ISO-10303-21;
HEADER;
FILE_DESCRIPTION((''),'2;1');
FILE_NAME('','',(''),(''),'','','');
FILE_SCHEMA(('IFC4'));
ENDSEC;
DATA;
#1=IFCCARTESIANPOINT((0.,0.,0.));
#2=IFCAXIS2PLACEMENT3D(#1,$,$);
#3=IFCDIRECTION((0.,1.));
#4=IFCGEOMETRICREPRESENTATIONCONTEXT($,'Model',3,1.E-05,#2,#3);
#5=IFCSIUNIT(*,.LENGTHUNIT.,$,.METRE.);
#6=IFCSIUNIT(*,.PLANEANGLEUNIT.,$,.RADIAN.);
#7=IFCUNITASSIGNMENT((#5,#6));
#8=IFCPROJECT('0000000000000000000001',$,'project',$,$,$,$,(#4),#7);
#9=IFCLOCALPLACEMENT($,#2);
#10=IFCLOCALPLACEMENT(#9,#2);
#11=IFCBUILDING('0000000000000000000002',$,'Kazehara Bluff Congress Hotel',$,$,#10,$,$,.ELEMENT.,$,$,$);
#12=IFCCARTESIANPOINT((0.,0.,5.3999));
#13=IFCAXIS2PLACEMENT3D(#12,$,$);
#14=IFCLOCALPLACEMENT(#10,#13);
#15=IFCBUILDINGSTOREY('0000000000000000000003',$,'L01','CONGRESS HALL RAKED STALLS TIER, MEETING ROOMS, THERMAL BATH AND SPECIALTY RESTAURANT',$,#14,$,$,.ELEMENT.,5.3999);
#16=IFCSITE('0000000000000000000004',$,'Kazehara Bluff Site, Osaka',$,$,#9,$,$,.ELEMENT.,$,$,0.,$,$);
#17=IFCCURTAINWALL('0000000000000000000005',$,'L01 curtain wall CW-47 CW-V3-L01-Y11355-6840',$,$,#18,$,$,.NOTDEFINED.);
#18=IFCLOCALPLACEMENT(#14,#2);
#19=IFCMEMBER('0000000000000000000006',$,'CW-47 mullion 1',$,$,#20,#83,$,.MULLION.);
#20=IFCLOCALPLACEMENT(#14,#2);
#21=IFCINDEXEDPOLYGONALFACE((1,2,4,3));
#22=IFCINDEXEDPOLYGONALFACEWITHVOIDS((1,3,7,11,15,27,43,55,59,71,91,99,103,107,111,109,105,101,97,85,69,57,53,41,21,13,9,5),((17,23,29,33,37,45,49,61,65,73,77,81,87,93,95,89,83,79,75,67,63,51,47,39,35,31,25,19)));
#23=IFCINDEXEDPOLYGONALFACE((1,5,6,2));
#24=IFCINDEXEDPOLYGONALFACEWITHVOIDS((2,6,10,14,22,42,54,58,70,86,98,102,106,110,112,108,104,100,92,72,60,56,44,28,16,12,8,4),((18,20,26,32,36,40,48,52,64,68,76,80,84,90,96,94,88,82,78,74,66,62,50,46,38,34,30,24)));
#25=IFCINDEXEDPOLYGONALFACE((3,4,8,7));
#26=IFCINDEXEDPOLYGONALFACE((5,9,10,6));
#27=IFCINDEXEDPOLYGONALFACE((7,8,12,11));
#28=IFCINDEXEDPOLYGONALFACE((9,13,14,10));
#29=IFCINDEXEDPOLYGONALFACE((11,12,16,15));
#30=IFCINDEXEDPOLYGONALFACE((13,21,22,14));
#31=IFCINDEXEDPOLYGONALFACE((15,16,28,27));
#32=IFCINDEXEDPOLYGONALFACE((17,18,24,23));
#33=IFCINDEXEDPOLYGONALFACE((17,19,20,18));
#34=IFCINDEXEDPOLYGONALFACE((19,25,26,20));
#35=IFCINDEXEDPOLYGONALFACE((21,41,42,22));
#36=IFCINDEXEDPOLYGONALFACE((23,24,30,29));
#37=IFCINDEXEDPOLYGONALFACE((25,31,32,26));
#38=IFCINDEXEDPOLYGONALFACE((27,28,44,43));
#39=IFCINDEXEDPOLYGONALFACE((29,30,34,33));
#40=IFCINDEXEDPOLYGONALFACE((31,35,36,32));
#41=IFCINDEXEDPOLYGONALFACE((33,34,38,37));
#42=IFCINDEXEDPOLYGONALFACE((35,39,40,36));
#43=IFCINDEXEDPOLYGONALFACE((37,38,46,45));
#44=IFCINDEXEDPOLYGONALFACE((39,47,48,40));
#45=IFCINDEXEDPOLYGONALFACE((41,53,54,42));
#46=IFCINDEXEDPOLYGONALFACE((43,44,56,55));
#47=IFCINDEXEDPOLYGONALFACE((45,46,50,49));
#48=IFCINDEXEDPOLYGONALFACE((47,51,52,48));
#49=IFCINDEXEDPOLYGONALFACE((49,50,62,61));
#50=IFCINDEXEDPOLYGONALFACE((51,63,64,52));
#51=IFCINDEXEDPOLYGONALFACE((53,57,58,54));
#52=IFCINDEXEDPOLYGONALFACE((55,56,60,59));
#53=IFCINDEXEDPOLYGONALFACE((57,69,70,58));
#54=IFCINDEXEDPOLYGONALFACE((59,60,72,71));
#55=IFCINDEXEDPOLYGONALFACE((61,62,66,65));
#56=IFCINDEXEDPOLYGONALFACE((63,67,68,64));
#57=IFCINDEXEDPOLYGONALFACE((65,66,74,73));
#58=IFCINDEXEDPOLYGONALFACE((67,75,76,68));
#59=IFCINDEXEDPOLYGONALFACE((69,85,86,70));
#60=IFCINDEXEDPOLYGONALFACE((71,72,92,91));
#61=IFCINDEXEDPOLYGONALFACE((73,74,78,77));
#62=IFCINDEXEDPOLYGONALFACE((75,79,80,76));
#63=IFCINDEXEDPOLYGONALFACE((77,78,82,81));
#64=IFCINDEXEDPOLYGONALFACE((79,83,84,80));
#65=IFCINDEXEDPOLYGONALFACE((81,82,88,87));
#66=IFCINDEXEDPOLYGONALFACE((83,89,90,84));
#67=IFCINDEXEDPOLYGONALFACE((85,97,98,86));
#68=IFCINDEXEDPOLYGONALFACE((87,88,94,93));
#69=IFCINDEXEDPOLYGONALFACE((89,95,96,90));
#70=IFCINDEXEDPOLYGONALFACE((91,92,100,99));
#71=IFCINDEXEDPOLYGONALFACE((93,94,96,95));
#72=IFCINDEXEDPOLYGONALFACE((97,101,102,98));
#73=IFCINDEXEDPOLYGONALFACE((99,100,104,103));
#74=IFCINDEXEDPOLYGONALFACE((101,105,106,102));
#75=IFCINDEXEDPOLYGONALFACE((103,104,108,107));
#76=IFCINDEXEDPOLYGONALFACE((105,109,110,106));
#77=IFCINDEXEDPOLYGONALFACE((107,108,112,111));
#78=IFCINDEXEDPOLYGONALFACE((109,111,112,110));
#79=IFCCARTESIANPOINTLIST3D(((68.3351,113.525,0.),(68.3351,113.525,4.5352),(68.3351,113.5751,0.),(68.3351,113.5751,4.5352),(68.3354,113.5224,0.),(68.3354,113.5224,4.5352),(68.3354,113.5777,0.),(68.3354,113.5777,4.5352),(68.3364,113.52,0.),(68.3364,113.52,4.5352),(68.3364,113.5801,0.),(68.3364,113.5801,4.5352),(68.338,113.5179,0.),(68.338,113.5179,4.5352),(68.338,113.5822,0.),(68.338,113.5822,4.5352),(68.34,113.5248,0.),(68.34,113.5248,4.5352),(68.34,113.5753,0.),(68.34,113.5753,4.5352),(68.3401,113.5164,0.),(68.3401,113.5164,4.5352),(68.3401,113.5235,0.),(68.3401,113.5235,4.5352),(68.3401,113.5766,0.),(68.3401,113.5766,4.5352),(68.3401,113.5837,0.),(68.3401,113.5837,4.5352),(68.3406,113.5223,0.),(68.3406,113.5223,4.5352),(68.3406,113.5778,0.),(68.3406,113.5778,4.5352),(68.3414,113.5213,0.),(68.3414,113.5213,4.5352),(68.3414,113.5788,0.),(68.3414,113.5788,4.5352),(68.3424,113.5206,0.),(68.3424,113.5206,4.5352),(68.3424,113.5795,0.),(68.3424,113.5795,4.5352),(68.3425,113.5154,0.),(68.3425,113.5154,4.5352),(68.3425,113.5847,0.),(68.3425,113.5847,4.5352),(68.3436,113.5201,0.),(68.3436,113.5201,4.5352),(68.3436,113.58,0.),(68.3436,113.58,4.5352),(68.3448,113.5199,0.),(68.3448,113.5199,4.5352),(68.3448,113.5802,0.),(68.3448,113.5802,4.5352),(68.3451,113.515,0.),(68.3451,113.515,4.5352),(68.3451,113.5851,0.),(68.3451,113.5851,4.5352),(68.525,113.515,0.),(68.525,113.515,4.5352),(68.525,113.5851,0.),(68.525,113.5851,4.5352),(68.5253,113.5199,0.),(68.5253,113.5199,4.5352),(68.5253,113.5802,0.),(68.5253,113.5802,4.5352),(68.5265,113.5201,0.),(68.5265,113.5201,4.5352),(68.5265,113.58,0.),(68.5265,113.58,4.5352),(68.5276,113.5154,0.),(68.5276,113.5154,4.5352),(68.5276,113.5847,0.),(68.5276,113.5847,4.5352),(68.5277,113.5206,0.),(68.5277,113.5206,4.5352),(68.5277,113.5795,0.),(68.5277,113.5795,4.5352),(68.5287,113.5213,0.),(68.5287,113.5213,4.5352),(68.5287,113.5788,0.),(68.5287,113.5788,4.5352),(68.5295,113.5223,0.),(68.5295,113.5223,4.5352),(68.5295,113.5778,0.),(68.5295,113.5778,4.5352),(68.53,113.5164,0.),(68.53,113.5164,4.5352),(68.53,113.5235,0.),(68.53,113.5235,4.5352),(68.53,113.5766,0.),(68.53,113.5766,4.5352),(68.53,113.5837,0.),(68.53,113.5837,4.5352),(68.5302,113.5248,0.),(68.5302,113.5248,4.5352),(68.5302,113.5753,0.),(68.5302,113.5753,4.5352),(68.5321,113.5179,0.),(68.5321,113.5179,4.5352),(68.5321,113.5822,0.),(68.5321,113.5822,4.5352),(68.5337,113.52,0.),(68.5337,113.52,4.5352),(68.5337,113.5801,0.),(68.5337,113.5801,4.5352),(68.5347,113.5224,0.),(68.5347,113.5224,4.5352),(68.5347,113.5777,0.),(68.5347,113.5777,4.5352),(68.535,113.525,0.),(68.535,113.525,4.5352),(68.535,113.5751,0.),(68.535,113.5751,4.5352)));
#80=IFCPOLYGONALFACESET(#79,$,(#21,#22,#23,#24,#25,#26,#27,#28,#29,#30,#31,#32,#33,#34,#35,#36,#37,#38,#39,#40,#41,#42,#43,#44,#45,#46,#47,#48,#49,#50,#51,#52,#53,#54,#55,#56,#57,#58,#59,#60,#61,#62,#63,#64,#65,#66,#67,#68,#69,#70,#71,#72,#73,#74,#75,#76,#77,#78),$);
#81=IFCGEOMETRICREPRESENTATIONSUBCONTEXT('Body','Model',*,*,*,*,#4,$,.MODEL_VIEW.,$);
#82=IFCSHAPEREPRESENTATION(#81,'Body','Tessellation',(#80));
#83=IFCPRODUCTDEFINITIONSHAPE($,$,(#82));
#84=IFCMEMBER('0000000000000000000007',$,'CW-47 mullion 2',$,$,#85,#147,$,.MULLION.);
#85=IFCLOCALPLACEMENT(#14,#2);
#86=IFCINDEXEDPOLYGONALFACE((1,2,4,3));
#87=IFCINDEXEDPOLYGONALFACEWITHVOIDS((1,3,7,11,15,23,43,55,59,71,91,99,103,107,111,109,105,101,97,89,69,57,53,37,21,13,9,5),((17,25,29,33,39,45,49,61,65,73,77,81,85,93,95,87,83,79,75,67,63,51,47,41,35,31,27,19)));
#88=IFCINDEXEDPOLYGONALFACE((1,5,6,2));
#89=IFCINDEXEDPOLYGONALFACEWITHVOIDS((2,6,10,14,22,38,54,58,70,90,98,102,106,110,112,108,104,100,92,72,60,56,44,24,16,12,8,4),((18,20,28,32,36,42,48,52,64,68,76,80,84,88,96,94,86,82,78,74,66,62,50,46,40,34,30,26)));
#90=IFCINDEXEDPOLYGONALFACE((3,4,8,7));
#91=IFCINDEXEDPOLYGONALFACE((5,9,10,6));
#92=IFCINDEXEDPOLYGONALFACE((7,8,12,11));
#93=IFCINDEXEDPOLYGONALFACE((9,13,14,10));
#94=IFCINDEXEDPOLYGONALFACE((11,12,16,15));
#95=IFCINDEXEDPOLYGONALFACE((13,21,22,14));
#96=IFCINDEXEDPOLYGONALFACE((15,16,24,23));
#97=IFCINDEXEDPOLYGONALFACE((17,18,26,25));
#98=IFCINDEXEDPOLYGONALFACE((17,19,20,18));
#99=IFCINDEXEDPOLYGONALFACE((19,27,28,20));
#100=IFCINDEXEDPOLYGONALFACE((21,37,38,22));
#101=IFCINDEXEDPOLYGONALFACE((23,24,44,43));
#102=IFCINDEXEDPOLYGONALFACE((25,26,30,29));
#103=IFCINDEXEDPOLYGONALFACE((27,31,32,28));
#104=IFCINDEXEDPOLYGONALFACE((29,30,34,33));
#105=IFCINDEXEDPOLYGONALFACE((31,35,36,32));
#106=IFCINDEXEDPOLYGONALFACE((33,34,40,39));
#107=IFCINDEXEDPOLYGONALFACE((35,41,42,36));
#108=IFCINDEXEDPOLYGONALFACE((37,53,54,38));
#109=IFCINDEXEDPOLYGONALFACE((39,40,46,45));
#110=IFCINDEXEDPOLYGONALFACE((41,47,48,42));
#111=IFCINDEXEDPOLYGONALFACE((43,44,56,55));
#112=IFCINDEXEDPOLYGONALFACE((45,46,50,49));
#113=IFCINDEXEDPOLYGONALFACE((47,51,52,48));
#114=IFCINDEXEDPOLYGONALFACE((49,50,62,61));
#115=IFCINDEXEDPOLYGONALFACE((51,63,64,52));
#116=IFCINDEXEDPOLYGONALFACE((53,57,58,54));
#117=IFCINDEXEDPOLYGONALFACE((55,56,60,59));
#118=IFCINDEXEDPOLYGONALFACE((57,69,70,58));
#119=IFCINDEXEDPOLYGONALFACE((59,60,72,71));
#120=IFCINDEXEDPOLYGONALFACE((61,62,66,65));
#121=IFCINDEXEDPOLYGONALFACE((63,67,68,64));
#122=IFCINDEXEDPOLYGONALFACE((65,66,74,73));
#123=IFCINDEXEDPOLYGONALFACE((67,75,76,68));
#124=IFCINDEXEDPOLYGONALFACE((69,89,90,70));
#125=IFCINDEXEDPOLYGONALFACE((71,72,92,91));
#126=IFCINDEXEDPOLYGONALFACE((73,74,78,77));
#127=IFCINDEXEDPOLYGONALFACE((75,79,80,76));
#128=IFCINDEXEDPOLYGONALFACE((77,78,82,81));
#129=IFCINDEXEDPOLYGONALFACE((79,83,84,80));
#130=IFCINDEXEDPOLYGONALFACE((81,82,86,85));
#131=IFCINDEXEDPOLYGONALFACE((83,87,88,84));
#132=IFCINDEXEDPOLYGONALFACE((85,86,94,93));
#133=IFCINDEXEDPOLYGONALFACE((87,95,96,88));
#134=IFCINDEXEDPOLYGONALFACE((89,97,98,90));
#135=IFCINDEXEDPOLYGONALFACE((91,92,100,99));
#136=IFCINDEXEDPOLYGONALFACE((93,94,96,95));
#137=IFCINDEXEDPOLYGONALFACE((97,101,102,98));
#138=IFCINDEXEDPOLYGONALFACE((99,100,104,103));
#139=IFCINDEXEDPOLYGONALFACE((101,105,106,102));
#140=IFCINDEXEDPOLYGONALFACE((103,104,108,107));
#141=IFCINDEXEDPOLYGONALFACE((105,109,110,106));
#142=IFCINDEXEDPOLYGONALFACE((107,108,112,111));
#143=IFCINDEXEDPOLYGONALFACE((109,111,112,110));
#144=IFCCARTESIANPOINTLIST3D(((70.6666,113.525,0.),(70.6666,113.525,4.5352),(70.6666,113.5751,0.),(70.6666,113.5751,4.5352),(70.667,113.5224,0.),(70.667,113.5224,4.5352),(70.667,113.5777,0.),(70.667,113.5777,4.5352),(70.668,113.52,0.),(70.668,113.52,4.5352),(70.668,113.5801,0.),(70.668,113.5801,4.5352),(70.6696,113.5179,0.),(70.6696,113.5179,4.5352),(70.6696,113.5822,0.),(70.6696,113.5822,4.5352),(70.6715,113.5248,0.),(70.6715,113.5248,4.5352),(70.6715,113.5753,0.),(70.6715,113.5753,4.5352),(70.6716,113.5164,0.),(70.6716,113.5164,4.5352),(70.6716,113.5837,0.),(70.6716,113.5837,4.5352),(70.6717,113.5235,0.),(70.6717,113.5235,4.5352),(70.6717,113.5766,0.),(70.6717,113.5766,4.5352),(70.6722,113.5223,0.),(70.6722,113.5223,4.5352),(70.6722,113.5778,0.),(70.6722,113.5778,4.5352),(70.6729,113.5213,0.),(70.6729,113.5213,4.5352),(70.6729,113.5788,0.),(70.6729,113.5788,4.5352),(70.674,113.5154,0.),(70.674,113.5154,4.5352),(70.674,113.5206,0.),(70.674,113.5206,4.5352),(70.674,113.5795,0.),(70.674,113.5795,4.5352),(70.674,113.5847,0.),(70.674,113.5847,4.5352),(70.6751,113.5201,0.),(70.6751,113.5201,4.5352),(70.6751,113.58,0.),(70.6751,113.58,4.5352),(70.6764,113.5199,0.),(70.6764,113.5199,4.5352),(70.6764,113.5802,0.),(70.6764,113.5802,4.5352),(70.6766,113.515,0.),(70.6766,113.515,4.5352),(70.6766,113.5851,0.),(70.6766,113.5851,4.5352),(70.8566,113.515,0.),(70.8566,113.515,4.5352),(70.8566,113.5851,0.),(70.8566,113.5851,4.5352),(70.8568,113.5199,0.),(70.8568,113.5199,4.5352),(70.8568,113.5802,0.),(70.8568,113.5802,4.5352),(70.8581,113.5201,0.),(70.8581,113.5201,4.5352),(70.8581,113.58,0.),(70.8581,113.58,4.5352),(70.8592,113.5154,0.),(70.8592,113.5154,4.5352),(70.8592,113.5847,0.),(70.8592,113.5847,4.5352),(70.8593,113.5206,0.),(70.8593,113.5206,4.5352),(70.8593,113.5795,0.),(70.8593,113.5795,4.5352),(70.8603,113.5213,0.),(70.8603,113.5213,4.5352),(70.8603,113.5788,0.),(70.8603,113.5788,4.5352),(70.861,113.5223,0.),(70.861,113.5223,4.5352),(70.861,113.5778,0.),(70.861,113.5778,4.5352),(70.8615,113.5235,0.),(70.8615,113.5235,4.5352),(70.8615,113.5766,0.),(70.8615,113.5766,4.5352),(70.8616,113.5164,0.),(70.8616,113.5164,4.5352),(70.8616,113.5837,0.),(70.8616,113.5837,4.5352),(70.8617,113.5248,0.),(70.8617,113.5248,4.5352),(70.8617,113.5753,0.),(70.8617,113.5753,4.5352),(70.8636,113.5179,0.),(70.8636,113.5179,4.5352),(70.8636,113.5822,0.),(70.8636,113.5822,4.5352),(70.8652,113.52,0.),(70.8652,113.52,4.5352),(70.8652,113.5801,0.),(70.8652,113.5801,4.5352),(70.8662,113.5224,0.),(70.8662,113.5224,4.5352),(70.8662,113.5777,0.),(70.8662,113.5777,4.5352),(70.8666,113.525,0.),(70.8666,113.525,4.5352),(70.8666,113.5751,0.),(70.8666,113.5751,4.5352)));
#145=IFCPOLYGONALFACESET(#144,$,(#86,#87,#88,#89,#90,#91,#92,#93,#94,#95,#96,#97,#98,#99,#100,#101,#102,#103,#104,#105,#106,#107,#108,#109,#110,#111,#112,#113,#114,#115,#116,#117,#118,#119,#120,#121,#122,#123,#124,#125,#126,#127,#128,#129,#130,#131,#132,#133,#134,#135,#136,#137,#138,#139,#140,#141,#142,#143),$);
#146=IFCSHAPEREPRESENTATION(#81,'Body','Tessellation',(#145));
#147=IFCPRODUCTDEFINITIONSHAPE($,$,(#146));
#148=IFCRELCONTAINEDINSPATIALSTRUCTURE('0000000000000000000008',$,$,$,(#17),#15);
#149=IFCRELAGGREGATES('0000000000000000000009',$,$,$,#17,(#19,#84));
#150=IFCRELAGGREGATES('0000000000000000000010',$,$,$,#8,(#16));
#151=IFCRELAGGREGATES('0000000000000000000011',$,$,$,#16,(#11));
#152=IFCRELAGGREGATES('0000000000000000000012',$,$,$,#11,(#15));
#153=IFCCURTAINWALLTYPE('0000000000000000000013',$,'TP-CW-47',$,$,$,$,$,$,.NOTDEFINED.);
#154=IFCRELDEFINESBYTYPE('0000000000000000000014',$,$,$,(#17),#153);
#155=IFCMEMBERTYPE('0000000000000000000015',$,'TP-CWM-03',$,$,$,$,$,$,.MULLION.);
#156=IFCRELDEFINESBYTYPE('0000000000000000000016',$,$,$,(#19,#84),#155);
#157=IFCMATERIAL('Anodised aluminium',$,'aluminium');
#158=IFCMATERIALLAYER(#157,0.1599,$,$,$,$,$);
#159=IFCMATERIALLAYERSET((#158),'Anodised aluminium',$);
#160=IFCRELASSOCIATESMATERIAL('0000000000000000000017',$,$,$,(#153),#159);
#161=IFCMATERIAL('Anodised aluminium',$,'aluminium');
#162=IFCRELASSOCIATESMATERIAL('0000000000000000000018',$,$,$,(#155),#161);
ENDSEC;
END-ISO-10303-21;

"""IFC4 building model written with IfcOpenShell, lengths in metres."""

from ifc_helpers import new_model, si_unit, direction, frame, origin, origin_2d, place, context, subcontext, project, spatial, hollow_rectangle, extrude, material, layer, layer_set, material_profile, profile_set, type_object, element, aggregate, save


model = new_model("IFC4")

# Units and contexts
model_context = context("Model", 3, precision=1e-05, world=origin(), true_north=direction((0.0, 1.0)))
body_context = subcontext(model_context, "Body", "Model", "MODEL_VIEW")
ifc_project = project(units=[si_unit("LENGTHUNIT", "METRE"), si_unit("PLANEANGLEUNIT", "RADIAN")], contexts=[model_context])

# Site, building, storey
site_placement = place(None, origin())
site = spatial("IfcSite", under=ifc_project, at=site_placement, Name="Kazehara Bluff Site, Osaka", CompositionType="ELEMENT", RefElevation=0.0)
building_placement = place(site_placement, origin())
building = spatial("IfcBuilding", under=site, at=building_placement, Name="Kazehara Bluff Congress Hotel", CompositionType="ELEMENT")
storey_placement = place(building_placement, frame((0.0, 0.0, 5.3999)))
storey = spatial("IfcBuildingStorey", under=building, at=storey_placement, Name="L01", Description="CONGRESS HALL RAKED STALLS TIER, MEETING ROOMS, THERMAL BATH AND SPECIALTY RESTAURANT", CompositionType="ELEMENT", Elevation=5.3999)

# Curtain wall, members
ifc_material_1 = material(Name="Anodised aluminium", Category="aluminium")
ifc_layer_1 = layer(ifc_material_1, 0.1599)
ifc_layer_set_1 = layer_set([ifc_layer_1], Name="Anodised aluminium")
curtain_wall_type = type_object("IfcCurtainWallType", Name="TP-CW-47", PredefinedType="NOTDEFINED", material=ifc_layer_set_1)
curtain_wall_placement = place(storey_placement, origin())
curtain_wall = element("IfcCurtainWall", 1, at=curtain_wall_placement, inside=storey, type_object=curtain_wall_type, Name="L01 curtain wall CW-47 CW-V3-L01-Y11355-6840", PredefinedType="NOTDEFINED")
ifc_material_2 = material(Name="Anodised aluminium", Category="aluminium")
ifc_material_profile_1 = material_profile(ifc_material_2, hollow_rectangle(XDim=0.0701, YDim=0.2, WallThickness=0.0049, InnerFilletRadius=0.0049, OuterFilletRadius=0.01, at=origin_2d()))
ifc_profile_set_1 = profile_set([ifc_material_profile_1], Name="Anodised aluminium")
member_type_1 = type_object("IfcMemberType", Name="TP-CWM-03", PredefinedType="MULLION", material=ifc_profile_set_1)
member_1_placement = place(storey_placement, frame((68.4351, 113.55, 0.0), z_axis=(0.0, 0.0, 1.0), x_axis=(0.0, 1.0, 0.0)))
member_1 = element("IfcMember", 2, at=member_1_placement, type_object=member_type_1, Name="CW-47 mullion 1", PredefinedType="MULLION", context=body_context, shape_type="SweptSolid", body=[
    extrude(hollow_rectangle(XDim=0.0701, YDim=0.2, WallThickness=0.0049, InnerFilletRadius=0.0049, OuterFilletRadius=0.01, at=origin_2d()), origin(), (0.0, 0.0, 1.0), 4.5352),
])
member_2_placement = place(storey_placement, frame((70.7666, 113.55, 0.0), z_axis=(0.0, 0.0, 1.0), x_axis=(0.0, 1.0, 0.0)))
member_2 = element("IfcMember", 3, at=member_2_placement, type_object=member_type_1, Name="CW-47 mullion 2", PredefinedType="MULLION", context=body_context, shape_type="SweptSolid", body=[
    extrude(hollow_rectangle(XDim=0.0701, YDim=0.2, WallThickness=0.0049, InnerFilletRadius=0.0049, OuterFilletRadius=0.01, at=origin_2d()), origin(), (0.0, 0.0, 1.0), 4.5352),
])

aggregate(curtain_wall, [member_1, member_2])

save(model, "model.ifc")
